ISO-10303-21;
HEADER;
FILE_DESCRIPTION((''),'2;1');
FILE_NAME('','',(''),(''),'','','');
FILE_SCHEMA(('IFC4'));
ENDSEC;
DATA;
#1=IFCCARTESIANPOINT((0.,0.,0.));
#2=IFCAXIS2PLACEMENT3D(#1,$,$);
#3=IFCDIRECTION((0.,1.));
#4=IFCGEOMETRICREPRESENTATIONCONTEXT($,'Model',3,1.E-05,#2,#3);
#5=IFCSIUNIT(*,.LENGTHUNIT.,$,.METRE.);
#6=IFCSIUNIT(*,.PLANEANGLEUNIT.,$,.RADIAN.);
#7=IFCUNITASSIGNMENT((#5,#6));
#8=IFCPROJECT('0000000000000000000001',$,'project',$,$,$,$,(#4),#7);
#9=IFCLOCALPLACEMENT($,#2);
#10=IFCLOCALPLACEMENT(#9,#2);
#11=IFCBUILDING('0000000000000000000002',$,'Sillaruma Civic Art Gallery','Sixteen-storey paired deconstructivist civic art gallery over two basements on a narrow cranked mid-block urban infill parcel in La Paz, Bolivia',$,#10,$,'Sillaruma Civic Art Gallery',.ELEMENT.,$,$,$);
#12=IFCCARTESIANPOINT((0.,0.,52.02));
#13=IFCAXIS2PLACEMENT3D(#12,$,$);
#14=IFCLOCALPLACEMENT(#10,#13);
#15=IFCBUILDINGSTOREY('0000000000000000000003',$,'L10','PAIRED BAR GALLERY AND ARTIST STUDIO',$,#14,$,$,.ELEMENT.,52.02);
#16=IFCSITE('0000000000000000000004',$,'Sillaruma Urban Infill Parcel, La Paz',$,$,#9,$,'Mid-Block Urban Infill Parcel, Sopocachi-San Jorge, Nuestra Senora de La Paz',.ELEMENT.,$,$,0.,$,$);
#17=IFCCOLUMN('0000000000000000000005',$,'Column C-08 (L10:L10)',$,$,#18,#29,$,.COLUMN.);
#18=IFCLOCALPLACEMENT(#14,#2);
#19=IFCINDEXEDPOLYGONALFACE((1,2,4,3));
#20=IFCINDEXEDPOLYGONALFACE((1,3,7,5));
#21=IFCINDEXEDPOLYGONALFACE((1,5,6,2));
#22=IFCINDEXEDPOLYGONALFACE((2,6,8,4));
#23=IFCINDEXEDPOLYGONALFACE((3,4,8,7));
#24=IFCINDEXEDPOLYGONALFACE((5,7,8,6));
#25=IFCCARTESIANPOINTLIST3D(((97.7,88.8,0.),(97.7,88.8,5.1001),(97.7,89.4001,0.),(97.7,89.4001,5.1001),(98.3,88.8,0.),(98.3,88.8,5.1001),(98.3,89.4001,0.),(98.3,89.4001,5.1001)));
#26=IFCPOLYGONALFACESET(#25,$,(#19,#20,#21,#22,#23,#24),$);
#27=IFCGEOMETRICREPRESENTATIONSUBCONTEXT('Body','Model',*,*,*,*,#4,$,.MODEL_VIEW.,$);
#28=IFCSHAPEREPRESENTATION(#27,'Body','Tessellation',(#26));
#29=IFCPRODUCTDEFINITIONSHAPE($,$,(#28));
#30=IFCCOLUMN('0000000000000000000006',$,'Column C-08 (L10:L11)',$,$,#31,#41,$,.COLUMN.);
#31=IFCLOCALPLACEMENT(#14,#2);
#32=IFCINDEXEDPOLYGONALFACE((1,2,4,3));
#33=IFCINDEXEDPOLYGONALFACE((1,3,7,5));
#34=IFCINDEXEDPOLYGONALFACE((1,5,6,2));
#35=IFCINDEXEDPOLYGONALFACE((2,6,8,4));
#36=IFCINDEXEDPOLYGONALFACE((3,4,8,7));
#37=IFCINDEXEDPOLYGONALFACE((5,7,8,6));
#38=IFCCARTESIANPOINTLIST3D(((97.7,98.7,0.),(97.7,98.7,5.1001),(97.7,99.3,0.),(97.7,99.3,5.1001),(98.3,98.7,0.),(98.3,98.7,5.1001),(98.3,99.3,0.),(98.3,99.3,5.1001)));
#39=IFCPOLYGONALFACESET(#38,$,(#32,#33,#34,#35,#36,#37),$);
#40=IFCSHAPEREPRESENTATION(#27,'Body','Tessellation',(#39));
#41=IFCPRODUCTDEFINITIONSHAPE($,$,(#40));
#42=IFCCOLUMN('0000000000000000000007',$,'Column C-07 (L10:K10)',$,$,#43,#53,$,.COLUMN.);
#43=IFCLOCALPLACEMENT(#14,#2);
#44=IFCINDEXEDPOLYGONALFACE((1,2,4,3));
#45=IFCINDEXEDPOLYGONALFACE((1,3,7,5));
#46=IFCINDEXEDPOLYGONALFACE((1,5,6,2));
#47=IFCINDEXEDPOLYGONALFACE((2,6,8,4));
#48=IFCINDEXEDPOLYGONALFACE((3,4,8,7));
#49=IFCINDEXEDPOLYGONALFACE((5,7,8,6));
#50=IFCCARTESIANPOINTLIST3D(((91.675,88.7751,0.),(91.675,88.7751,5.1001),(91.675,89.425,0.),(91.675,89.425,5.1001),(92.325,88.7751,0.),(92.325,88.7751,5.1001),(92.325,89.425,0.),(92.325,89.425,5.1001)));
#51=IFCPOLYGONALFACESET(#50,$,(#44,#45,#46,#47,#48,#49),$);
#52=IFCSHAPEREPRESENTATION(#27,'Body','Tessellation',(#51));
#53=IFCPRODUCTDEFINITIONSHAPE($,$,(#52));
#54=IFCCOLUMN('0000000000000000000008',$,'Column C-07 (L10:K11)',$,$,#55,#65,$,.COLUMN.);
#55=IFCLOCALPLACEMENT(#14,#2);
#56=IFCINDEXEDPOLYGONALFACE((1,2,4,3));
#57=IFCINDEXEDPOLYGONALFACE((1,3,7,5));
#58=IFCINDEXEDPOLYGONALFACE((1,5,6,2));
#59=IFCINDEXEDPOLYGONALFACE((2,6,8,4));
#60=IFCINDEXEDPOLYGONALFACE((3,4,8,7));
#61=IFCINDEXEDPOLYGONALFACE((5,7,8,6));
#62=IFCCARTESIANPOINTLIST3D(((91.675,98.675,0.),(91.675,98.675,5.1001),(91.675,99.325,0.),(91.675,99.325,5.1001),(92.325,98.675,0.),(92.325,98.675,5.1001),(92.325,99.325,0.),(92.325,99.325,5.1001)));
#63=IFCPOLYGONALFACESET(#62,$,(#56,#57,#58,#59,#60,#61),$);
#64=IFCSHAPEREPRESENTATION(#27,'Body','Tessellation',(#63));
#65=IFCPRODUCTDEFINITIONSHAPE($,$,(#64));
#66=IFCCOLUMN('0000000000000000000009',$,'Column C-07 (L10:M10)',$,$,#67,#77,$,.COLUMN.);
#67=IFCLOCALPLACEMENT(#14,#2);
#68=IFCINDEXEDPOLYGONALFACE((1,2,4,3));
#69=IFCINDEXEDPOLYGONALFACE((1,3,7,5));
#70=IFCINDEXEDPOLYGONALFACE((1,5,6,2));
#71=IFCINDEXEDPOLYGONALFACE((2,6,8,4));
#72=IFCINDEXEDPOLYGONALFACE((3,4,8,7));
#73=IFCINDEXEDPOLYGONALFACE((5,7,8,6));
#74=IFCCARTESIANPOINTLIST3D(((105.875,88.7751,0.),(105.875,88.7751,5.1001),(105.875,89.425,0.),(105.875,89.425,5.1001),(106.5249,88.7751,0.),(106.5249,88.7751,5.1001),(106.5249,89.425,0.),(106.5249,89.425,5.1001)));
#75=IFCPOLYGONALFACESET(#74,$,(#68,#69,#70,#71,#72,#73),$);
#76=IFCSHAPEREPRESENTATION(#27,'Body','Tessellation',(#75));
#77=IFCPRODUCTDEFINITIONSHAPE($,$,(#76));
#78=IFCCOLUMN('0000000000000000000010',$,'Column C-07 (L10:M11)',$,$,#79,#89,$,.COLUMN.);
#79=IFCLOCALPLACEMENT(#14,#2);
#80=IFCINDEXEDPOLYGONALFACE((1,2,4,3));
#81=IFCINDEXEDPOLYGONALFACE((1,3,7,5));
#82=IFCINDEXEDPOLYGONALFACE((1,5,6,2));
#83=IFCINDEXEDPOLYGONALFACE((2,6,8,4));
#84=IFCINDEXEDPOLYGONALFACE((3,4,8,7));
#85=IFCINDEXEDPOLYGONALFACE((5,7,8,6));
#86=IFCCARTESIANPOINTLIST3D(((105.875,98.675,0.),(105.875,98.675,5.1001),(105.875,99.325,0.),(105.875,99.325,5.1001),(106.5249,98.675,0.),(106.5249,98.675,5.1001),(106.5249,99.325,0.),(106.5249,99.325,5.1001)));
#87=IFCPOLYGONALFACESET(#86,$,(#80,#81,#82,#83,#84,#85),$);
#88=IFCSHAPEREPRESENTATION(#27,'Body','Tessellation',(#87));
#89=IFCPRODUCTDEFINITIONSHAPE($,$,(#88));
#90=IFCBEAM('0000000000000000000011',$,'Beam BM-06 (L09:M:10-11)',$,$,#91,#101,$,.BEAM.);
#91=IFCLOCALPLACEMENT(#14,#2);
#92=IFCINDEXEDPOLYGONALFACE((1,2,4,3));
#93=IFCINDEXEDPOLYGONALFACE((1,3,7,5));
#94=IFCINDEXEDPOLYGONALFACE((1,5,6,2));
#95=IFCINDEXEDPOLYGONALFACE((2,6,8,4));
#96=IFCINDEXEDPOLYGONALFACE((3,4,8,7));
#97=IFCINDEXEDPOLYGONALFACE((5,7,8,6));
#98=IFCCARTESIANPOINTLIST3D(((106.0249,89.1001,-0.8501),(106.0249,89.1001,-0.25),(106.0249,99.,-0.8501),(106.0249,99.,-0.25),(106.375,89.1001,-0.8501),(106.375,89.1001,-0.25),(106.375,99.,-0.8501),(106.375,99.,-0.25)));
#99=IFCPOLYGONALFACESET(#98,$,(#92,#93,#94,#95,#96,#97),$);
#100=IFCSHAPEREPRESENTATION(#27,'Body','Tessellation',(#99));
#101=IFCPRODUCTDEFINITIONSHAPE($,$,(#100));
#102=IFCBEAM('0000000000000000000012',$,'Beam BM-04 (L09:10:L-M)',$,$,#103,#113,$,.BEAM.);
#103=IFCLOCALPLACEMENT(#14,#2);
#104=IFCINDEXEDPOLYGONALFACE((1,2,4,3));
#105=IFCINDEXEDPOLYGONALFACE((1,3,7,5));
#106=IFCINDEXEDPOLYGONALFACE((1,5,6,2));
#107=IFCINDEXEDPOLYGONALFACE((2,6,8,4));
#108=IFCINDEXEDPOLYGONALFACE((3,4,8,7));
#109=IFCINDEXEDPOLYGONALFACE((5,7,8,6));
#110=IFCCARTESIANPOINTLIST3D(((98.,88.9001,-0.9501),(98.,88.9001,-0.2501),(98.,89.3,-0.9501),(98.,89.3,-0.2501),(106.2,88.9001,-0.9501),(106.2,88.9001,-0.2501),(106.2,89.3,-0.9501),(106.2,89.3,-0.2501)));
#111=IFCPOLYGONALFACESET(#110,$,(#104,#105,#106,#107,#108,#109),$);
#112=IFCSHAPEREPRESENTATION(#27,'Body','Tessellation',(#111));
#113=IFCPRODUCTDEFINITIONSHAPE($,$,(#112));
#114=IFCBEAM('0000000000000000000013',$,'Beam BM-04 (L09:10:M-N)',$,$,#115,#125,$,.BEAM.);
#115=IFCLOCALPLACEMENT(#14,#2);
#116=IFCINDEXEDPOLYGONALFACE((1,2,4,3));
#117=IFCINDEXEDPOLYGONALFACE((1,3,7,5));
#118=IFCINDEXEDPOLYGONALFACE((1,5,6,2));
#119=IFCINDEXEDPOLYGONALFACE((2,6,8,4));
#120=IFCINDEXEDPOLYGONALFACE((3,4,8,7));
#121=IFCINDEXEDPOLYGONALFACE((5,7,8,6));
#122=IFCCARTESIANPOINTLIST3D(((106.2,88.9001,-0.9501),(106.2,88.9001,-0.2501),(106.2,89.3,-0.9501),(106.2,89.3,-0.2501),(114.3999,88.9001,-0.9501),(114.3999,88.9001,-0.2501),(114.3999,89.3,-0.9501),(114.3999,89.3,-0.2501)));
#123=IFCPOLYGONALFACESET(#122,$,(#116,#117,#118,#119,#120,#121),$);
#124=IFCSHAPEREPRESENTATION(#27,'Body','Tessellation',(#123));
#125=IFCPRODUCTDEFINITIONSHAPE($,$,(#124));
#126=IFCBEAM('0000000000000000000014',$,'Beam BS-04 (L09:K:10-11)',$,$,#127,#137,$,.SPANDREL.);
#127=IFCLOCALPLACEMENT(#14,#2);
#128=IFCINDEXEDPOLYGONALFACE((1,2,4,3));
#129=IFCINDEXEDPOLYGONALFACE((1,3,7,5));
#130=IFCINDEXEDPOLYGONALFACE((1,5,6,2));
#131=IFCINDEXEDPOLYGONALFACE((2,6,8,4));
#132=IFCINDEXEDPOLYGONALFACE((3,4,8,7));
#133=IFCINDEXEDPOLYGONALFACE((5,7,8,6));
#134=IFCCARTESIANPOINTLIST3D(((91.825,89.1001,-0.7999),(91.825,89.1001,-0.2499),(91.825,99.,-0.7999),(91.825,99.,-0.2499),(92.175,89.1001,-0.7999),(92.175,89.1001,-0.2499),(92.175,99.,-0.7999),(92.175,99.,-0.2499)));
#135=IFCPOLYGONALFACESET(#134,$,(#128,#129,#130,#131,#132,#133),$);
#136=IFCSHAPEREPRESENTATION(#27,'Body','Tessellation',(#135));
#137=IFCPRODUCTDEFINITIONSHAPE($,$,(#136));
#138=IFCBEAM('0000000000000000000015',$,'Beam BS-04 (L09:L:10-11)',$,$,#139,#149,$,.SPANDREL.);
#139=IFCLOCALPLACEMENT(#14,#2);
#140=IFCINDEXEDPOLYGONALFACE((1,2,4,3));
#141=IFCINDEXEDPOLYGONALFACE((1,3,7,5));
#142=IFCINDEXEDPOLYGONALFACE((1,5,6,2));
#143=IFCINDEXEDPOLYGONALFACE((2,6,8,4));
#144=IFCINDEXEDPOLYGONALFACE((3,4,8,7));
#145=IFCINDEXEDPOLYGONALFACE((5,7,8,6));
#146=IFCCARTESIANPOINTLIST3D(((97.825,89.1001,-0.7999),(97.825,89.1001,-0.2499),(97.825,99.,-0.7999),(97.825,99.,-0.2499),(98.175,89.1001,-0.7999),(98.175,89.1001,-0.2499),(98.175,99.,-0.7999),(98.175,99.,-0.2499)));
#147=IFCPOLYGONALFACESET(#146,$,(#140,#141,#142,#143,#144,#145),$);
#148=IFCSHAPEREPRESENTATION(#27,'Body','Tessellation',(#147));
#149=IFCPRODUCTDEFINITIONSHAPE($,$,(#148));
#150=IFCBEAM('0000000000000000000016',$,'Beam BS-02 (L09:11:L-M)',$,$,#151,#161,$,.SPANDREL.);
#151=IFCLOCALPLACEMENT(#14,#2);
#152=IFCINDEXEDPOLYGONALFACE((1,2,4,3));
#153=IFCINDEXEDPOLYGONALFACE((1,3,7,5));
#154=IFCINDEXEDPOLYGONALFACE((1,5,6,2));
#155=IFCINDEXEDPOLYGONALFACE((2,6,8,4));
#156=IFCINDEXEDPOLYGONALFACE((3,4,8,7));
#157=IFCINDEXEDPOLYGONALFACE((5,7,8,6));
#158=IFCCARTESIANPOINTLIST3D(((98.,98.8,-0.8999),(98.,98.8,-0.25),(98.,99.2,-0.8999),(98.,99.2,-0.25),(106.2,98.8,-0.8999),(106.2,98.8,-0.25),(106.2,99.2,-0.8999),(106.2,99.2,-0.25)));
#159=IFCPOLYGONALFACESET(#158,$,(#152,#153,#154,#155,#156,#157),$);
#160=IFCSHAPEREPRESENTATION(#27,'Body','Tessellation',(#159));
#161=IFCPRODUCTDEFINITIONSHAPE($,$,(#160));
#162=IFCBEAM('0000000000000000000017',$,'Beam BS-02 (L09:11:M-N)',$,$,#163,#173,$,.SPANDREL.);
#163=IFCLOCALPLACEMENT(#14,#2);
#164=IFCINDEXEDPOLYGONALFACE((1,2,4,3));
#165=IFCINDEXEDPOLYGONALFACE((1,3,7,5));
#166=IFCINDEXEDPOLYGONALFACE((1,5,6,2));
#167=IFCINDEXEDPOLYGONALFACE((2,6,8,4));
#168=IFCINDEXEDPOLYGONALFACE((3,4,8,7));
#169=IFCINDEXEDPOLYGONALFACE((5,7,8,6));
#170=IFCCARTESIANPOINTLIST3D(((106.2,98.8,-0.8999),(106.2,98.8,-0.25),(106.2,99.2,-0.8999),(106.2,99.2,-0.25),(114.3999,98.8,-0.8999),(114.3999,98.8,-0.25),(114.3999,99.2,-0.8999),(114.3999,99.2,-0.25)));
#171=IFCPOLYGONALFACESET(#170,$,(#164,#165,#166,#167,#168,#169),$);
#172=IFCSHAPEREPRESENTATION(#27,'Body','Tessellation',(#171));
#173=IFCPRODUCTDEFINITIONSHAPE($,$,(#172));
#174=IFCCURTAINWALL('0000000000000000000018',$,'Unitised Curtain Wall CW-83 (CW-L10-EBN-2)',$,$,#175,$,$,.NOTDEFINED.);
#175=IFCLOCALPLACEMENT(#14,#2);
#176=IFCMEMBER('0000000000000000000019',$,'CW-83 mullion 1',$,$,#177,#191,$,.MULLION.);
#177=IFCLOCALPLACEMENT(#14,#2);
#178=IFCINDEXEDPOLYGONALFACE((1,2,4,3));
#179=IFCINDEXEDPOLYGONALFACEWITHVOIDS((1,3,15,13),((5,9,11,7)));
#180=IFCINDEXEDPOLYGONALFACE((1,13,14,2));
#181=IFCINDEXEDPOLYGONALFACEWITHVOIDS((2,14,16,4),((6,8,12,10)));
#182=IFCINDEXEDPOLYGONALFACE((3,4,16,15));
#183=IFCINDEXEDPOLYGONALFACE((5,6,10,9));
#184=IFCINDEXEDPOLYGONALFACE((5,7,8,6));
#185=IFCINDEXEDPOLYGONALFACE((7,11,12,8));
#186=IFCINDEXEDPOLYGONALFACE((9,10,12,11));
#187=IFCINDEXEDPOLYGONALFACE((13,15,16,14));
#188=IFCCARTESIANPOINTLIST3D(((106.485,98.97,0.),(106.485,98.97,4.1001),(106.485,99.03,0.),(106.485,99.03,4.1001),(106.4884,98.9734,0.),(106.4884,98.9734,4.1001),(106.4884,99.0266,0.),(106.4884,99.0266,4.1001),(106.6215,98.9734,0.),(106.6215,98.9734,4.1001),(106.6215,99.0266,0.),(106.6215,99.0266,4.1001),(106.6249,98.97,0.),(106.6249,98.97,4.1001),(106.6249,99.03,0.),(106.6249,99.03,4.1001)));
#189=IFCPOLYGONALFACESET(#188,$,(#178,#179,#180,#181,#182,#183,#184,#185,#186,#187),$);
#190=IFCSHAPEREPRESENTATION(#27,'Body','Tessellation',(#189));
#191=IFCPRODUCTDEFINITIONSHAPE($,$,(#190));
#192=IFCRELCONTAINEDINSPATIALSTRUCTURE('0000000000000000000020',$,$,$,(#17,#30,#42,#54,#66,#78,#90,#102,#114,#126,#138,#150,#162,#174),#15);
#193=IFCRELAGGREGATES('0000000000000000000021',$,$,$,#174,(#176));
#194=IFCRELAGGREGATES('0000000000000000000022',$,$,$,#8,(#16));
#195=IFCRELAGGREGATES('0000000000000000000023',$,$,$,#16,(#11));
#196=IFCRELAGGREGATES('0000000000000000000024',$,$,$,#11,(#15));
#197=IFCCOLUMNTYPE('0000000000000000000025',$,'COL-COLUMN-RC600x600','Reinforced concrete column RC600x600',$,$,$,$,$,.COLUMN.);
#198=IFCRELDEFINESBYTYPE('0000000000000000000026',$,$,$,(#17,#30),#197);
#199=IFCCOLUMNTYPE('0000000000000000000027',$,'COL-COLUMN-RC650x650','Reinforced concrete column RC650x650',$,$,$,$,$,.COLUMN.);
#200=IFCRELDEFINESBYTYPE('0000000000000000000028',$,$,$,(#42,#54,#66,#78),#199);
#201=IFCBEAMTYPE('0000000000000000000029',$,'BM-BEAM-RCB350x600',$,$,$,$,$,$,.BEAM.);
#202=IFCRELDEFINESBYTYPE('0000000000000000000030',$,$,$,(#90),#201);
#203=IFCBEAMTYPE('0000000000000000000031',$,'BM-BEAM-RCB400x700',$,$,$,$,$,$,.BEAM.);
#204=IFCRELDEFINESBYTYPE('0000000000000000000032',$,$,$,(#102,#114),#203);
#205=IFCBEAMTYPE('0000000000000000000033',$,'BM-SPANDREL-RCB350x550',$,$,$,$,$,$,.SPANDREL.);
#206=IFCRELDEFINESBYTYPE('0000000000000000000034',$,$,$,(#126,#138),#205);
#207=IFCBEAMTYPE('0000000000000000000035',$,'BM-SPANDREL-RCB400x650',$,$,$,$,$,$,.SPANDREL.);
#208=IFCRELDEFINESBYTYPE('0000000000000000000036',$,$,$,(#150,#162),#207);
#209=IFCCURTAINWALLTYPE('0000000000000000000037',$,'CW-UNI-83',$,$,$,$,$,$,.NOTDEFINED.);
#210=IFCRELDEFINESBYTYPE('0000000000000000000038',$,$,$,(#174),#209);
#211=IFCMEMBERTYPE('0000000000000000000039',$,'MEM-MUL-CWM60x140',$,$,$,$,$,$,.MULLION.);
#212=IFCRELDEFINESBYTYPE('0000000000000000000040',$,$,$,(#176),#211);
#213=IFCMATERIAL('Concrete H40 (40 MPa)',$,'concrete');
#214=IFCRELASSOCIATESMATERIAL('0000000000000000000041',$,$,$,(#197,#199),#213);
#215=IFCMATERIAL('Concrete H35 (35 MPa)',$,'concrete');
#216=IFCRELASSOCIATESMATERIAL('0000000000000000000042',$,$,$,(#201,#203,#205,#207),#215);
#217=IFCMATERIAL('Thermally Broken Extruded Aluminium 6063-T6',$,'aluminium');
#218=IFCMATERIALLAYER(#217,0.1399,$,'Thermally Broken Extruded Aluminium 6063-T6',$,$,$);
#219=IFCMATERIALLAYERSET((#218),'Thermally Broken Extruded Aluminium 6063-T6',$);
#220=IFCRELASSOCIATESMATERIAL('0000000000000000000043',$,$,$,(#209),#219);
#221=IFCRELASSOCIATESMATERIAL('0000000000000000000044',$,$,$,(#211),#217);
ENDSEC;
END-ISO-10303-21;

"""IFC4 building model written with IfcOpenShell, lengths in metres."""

from ifc_helpers import new_model, si_unit, direction, frame, origin, origin_2d, place, context, subcontext, project, spatial, rectangle, hollow_rectangle, extrude, material, layer, layer_set, material_profile, profile_set, type_object, element, aggregate, save


model = new_model("IFC4")

# Units and contexts
model_context = context("Model", 3, precision=1e-05, world=origin(), true_north=direction((0.0, 1.0)))
body_context = subcontext(model_context, "Body", "Model", "MODEL_VIEW")
ifc_project = project(units=[si_unit("LENGTHUNIT", "METRE"), si_unit("PLANEANGLEUNIT", "RADIAN")], contexts=[model_context])

# Site, building, storey
site_placement = place(None, origin())
site = spatial("IfcSite", under=ifc_project, at=site_placement, Name="Sillaruma Urban Infill Parcel, La Paz", LongName="Mid-Block Urban Infill Parcel, Sopocachi-San Jorge, Nuestra Senora de La Paz", CompositionType="ELEMENT", RefElevation=0.0)
building_placement = place(site_placement, origin())
building = spatial("IfcBuilding", under=site, at=building_placement, Name="Sillaruma Civic Art Gallery", Description="Sixteen-storey paired deconstructivist civic art gallery over two basements on a narrow cranked mid-block urban infill parcel in La Paz, Bolivia", LongName="Sillaruma Civic Art Gallery", CompositionType="ELEMENT")
storey_placement = place(building_placement, frame((0.0, 0.0, 52.02)))
storey = spatial("IfcBuildingStorey", under=building, at=storey_placement, Name="L10", Description="PAIRED BAR GALLERY AND ARTIST STUDIO", CompositionType="ELEMENT", Elevation=52.02)

# Columns
ifc_material_1 = material(Name="Concrete H40 (40 MPa)", Category="concrete")
ifc_material_profile_1 = material_profile(ifc_material_1, rectangle(XDim=0.6001, YDim=0.6001, at=origin_2d()), Name="RC600x600")
ifc_profile_set_1 = profile_set([ifc_material_profile_1], Name="Concrete H40 (40 MPa)")
column_type_1 = type_object("IfcColumnType", Name="COL-COLUMN-RC600x600", Description="Reinforced concrete column RC600x600", PredefinedType="COLUMN", material=ifc_profile_set_1)
for number, where, z_axis, x_axis, name in (
    (1, (98.0, 89.1001, 0.0), (0.0, 0.0, 1.0), (1.0, 0.0, 0.0), "Column C-08 (L10:L10)"),
    (2, (98.0, 99.0, 0.0), (0.0, 0.0, 1.0), (1.0, 0.0, 0.0), "Column C-08 (L10:L11)"),
):
    element("IfcColumn", number, at=place(storey_placement, frame(where, z_axis=z_axis, x_axis=x_axis)), inside=storey, type_object=column_type_1, Name=name, PredefinedType="COLUMN", context=body_context, shape_type="SweptSolid", body=[
        extrude(rectangle(XDim=0.6001, YDim=0.6001, at=origin_2d()), origin(), (0.0, 0.0, 1.0), 5.1001),
    ])
ifc_material_profile_2 = material_profile(ifc_material_1, rectangle(XDim=0.6499, YDim=0.6499, at=origin_2d()), Name="RC650x650")
ifc_profile_set_2 = profile_set([ifc_material_profile_2], Name="Concrete H40 (40 MPa)")
column_type_2 = type_object("IfcColumnType", Name="COL-COLUMN-RC650x650", Description="Reinforced concrete column RC650x650", PredefinedType="COLUMN", material=ifc_profile_set_2)
for number, where, z_axis, x_axis, name in (
    (3, (92.0, 89.1001, 0.0), (0.0, 0.0, 1.0), (1.0, 0.0, 0.0), "Column C-07 (L10:K10)"),
    (4, (92.0, 99.0, 0.0), (0.0, 0.0, 1.0), (1.0, 0.0, 0.0), "Column C-07 (L10:K11)"),
    (5, (106.2, 89.1001, 0.0), (0.0, 0.0, 1.0), (1.0, 0.0, 0.0), "Column C-07 (L10:M10)"),
    (6, (106.2, 99.0, 0.0), (0.0, 0.0, 1.0), (1.0, 0.0, 0.0), "Column C-07 (L10:M11)"),
):
    element("IfcColumn", number, at=place(storey_placement, frame(where, z_axis=z_axis, x_axis=x_axis)), inside=storey, type_object=column_type_2, Name=name, PredefinedType="COLUMN", context=body_context, shape_type="SweptSolid", body=[
        extrude(rectangle(XDim=0.6499, YDim=0.6499, at=origin_2d()), origin(), (0.0, 0.0, 1.0), 5.1001),
    ])

# Beams
ifc_material_2 = material(Name="Concrete H35 (35 MPa)", Category="concrete")
ifc_material_profile_3 = material_profile(ifc_material_2, rectangle(XDim=0.3501, YDim=0.6001, at=origin_2d()), Name="RCB350x600")
ifc_profile_set_3 = profile_set([ifc_material_profile_3], Name="Concrete H35 (35 MPa)")
beam_type_1 = type_object("IfcBeamType", Name="BM-BEAM-RCB350x600", PredefinedType="BEAM", material=ifc_profile_set_3)
beam_placement = place(storey_placement, frame((106.2, 89.1001, -0.55), z_axis=(0.0, 1.0, 0.0), x_axis=(-1.0, 0.0, 0.0)))
element("IfcBeam", 7, at=beam_placement, inside=storey, type_object=beam_type_1, Name="Beam BM-06 (L09:M:10-11)", PredefinedType="BEAM", context=body_context, shape_type="SweptSolid", body=[
    extrude(rectangle(XDim=0.3501, YDim=0.6001, at=origin_2d()), origin(), (0.0, 0.0, 1.0), 9.8999),
])
ifc_material_profile_4 = material_profile(ifc_material_2, rectangle(XDim=0.3999, YDim=0.7, at=origin_2d()), Name="RCB400x700")
ifc_profile_set_4 = profile_set([ifc_material_profile_4], Name="Concrete H35 (35 MPa)")
beam_type_2 = type_object("IfcBeamType", Name="BM-BEAM-RCB400x700", PredefinedType="BEAM", material=ifc_profile_set_4)
for number, where, z_axis, x_axis, name in (
    (8, (98.0, 89.1001, -0.6001), (1.0, 0.0, 0.0), (0.0, 1.0, 0.0), "Beam BM-04 (L09:10:L-M)"),
    (9, (106.2, 89.1001, -0.6001), (1.0, 0.0, 0.0), (0.0, 1.0, 0.0), "Beam BM-04 (L09:10:M-N)"),
):
    element("IfcBeam", number, at=place(storey_placement, frame(where, z_axis=z_axis, x_axis=x_axis)), inside=storey, type_object=beam_type_2, Name=name, PredefinedType="BEAM", context=body_context, shape_type="SweptSolid", body=[
        extrude(rectangle(XDim=0.3999, YDim=0.7, at=origin_2d()), origin(), (0.0, 0.0, 1.0), 8.2),
    ])
ifc_material_profile_5 = material_profile(ifc_material_2, rectangle(XDim=0.3501, YDim=0.55, at=origin_2d()), Name="RCB350x550")
ifc_profile_set_5 = profile_set([ifc_material_profile_5], Name="Concrete H35 (35 MPa)")
beam_type_3 = type_object("IfcBeamType", Name="BM-SPANDREL-RCB350x550", PredefinedType="SPANDREL", material=ifc_profile_set_5)
for number, where, z_axis, x_axis, name in (
    (10, (92.0, 89.1001, -0.5249), (0.0, 1.0, 0.0), (-1.0, 0.0, 0.0), "Beam BS-04 (L09:K:10-11)"),
    (11, (98.0, 89.1001, -0.5249), (0.0, 1.0, 0.0), (-1.0, 0.0, 0.0), "Beam BS-04 (L09:L:10-11)"),
):
    element("IfcBeam", number, at=place(storey_placement, frame(where, z_axis=z_axis, x_axis=x_axis)), inside=storey, type_object=beam_type_3, Name=name, PredefinedType="SPANDREL", context=body_context, shape_type="SweptSolid", body=[
        extrude(rectangle(XDim=0.3501, YDim=0.55, at=origin_2d()), origin(), (0.0, 0.0, 1.0), 9.8999),
    ])
ifc_material_profile_6 = material_profile(ifc_material_2, rectangle(XDim=0.3999, YDim=0.6499, at=origin_2d()), Name="RCB400x650")
ifc_profile_set_6 = profile_set([ifc_material_profile_6], Name="Concrete H35 (35 MPa)")
beam_type_4 = type_object("IfcBeamType", Name="BM-SPANDREL-RCB400x650", PredefinedType="SPANDREL", material=ifc_profile_set_6)
for number, where, z_axis, x_axis, name in (
    (12, (98.0, 99.0, -0.575), (1.0, 0.0, 0.0), (0.0, 1.0, 0.0), "Beam BS-02 (L09:11:L-M)"),
    (13, (106.2, 99.0, -0.575), (1.0, 0.0, 0.0), (0.0, 1.0, 0.0), "Beam BS-02 (L09:11:M-N)"),
):
    element("IfcBeam", number, at=place(storey_placement, frame(where, z_axis=z_axis, x_axis=x_axis)), inside=storey, type_object=beam_type_4, Name=name, PredefinedType="SPANDREL", context=body_context, shape_type="SweptSolid", body=[
        extrude(rectangle(XDim=0.3999, YDim=0.6499, at=origin_2d()), origin(), (0.0, 0.0, 1.0), 8.2),
    ])

# Curtain wall, member
ifc_material_3 = material(Name="Thermally Broken Extruded Aluminium 6063-T6", Category="aluminium")
ifc_layer_1 = layer(ifc_material_3, 0.1399, Name="Thermally Broken Extruded Aluminium 6063-T6")
ifc_layer_set_1 = layer_set([ifc_layer_1], Name="Thermally Broken Extruded Aluminium 6063-T6")
curtain_wall_type = type_object("IfcCurtainWallType", Name="CW-UNI-83", PredefinedType="NOTDEFINED", material=ifc_layer_set_1)
curtain_wall_placement = place(storey_placement, origin())
curtain_wall = element("IfcCurtainWall", 14, at=curtain_wall_placement, inside=storey, type_object=curtain_wall_type, Name="Unitised Curtain Wall CW-83 (CW-L10-EBN-2)", PredefinedType="NOTDEFINED")
ifc_material_profile_7 = material_profile(ifc_material_3, hollow_rectangle(XDim=0.0601, YDim=0.1399, WallThickness=0.0034, at=origin_2d()), Name="CWM60x140")
ifc_profile_set_7 = profile_set([ifc_material_profile_7], Name="Thermally Broken Extruded Aluminium 6063-T6")
member_type = type_object("IfcMemberType", Name="MEM-MUL-CWM60x140", PredefinedType="MULLION", material=ifc_profile_set_7)
member_placement = place(storey_placement, frame((106.5549, 99.0, 0.0), z_axis=(0.0, 0.0, 1.0), x_axis=(0.0, 1.0, 0.0)))
member = element("IfcMember", 15, at=member_placement, type_object=member_type, Name="CW-83 mullion 1", PredefinedType="MULLION", context=body_context, shape_type="SweptSolid", body=[
    extrude(hollow_rectangle(XDim=0.0601, YDim=0.1399, WallThickness=0.0034, at=origin_2d()), origin(), (0.0, 0.0, 1.0), 4.1001),
])
aggregate(curtain_wall, [member])

save(model, "model.ifc")
